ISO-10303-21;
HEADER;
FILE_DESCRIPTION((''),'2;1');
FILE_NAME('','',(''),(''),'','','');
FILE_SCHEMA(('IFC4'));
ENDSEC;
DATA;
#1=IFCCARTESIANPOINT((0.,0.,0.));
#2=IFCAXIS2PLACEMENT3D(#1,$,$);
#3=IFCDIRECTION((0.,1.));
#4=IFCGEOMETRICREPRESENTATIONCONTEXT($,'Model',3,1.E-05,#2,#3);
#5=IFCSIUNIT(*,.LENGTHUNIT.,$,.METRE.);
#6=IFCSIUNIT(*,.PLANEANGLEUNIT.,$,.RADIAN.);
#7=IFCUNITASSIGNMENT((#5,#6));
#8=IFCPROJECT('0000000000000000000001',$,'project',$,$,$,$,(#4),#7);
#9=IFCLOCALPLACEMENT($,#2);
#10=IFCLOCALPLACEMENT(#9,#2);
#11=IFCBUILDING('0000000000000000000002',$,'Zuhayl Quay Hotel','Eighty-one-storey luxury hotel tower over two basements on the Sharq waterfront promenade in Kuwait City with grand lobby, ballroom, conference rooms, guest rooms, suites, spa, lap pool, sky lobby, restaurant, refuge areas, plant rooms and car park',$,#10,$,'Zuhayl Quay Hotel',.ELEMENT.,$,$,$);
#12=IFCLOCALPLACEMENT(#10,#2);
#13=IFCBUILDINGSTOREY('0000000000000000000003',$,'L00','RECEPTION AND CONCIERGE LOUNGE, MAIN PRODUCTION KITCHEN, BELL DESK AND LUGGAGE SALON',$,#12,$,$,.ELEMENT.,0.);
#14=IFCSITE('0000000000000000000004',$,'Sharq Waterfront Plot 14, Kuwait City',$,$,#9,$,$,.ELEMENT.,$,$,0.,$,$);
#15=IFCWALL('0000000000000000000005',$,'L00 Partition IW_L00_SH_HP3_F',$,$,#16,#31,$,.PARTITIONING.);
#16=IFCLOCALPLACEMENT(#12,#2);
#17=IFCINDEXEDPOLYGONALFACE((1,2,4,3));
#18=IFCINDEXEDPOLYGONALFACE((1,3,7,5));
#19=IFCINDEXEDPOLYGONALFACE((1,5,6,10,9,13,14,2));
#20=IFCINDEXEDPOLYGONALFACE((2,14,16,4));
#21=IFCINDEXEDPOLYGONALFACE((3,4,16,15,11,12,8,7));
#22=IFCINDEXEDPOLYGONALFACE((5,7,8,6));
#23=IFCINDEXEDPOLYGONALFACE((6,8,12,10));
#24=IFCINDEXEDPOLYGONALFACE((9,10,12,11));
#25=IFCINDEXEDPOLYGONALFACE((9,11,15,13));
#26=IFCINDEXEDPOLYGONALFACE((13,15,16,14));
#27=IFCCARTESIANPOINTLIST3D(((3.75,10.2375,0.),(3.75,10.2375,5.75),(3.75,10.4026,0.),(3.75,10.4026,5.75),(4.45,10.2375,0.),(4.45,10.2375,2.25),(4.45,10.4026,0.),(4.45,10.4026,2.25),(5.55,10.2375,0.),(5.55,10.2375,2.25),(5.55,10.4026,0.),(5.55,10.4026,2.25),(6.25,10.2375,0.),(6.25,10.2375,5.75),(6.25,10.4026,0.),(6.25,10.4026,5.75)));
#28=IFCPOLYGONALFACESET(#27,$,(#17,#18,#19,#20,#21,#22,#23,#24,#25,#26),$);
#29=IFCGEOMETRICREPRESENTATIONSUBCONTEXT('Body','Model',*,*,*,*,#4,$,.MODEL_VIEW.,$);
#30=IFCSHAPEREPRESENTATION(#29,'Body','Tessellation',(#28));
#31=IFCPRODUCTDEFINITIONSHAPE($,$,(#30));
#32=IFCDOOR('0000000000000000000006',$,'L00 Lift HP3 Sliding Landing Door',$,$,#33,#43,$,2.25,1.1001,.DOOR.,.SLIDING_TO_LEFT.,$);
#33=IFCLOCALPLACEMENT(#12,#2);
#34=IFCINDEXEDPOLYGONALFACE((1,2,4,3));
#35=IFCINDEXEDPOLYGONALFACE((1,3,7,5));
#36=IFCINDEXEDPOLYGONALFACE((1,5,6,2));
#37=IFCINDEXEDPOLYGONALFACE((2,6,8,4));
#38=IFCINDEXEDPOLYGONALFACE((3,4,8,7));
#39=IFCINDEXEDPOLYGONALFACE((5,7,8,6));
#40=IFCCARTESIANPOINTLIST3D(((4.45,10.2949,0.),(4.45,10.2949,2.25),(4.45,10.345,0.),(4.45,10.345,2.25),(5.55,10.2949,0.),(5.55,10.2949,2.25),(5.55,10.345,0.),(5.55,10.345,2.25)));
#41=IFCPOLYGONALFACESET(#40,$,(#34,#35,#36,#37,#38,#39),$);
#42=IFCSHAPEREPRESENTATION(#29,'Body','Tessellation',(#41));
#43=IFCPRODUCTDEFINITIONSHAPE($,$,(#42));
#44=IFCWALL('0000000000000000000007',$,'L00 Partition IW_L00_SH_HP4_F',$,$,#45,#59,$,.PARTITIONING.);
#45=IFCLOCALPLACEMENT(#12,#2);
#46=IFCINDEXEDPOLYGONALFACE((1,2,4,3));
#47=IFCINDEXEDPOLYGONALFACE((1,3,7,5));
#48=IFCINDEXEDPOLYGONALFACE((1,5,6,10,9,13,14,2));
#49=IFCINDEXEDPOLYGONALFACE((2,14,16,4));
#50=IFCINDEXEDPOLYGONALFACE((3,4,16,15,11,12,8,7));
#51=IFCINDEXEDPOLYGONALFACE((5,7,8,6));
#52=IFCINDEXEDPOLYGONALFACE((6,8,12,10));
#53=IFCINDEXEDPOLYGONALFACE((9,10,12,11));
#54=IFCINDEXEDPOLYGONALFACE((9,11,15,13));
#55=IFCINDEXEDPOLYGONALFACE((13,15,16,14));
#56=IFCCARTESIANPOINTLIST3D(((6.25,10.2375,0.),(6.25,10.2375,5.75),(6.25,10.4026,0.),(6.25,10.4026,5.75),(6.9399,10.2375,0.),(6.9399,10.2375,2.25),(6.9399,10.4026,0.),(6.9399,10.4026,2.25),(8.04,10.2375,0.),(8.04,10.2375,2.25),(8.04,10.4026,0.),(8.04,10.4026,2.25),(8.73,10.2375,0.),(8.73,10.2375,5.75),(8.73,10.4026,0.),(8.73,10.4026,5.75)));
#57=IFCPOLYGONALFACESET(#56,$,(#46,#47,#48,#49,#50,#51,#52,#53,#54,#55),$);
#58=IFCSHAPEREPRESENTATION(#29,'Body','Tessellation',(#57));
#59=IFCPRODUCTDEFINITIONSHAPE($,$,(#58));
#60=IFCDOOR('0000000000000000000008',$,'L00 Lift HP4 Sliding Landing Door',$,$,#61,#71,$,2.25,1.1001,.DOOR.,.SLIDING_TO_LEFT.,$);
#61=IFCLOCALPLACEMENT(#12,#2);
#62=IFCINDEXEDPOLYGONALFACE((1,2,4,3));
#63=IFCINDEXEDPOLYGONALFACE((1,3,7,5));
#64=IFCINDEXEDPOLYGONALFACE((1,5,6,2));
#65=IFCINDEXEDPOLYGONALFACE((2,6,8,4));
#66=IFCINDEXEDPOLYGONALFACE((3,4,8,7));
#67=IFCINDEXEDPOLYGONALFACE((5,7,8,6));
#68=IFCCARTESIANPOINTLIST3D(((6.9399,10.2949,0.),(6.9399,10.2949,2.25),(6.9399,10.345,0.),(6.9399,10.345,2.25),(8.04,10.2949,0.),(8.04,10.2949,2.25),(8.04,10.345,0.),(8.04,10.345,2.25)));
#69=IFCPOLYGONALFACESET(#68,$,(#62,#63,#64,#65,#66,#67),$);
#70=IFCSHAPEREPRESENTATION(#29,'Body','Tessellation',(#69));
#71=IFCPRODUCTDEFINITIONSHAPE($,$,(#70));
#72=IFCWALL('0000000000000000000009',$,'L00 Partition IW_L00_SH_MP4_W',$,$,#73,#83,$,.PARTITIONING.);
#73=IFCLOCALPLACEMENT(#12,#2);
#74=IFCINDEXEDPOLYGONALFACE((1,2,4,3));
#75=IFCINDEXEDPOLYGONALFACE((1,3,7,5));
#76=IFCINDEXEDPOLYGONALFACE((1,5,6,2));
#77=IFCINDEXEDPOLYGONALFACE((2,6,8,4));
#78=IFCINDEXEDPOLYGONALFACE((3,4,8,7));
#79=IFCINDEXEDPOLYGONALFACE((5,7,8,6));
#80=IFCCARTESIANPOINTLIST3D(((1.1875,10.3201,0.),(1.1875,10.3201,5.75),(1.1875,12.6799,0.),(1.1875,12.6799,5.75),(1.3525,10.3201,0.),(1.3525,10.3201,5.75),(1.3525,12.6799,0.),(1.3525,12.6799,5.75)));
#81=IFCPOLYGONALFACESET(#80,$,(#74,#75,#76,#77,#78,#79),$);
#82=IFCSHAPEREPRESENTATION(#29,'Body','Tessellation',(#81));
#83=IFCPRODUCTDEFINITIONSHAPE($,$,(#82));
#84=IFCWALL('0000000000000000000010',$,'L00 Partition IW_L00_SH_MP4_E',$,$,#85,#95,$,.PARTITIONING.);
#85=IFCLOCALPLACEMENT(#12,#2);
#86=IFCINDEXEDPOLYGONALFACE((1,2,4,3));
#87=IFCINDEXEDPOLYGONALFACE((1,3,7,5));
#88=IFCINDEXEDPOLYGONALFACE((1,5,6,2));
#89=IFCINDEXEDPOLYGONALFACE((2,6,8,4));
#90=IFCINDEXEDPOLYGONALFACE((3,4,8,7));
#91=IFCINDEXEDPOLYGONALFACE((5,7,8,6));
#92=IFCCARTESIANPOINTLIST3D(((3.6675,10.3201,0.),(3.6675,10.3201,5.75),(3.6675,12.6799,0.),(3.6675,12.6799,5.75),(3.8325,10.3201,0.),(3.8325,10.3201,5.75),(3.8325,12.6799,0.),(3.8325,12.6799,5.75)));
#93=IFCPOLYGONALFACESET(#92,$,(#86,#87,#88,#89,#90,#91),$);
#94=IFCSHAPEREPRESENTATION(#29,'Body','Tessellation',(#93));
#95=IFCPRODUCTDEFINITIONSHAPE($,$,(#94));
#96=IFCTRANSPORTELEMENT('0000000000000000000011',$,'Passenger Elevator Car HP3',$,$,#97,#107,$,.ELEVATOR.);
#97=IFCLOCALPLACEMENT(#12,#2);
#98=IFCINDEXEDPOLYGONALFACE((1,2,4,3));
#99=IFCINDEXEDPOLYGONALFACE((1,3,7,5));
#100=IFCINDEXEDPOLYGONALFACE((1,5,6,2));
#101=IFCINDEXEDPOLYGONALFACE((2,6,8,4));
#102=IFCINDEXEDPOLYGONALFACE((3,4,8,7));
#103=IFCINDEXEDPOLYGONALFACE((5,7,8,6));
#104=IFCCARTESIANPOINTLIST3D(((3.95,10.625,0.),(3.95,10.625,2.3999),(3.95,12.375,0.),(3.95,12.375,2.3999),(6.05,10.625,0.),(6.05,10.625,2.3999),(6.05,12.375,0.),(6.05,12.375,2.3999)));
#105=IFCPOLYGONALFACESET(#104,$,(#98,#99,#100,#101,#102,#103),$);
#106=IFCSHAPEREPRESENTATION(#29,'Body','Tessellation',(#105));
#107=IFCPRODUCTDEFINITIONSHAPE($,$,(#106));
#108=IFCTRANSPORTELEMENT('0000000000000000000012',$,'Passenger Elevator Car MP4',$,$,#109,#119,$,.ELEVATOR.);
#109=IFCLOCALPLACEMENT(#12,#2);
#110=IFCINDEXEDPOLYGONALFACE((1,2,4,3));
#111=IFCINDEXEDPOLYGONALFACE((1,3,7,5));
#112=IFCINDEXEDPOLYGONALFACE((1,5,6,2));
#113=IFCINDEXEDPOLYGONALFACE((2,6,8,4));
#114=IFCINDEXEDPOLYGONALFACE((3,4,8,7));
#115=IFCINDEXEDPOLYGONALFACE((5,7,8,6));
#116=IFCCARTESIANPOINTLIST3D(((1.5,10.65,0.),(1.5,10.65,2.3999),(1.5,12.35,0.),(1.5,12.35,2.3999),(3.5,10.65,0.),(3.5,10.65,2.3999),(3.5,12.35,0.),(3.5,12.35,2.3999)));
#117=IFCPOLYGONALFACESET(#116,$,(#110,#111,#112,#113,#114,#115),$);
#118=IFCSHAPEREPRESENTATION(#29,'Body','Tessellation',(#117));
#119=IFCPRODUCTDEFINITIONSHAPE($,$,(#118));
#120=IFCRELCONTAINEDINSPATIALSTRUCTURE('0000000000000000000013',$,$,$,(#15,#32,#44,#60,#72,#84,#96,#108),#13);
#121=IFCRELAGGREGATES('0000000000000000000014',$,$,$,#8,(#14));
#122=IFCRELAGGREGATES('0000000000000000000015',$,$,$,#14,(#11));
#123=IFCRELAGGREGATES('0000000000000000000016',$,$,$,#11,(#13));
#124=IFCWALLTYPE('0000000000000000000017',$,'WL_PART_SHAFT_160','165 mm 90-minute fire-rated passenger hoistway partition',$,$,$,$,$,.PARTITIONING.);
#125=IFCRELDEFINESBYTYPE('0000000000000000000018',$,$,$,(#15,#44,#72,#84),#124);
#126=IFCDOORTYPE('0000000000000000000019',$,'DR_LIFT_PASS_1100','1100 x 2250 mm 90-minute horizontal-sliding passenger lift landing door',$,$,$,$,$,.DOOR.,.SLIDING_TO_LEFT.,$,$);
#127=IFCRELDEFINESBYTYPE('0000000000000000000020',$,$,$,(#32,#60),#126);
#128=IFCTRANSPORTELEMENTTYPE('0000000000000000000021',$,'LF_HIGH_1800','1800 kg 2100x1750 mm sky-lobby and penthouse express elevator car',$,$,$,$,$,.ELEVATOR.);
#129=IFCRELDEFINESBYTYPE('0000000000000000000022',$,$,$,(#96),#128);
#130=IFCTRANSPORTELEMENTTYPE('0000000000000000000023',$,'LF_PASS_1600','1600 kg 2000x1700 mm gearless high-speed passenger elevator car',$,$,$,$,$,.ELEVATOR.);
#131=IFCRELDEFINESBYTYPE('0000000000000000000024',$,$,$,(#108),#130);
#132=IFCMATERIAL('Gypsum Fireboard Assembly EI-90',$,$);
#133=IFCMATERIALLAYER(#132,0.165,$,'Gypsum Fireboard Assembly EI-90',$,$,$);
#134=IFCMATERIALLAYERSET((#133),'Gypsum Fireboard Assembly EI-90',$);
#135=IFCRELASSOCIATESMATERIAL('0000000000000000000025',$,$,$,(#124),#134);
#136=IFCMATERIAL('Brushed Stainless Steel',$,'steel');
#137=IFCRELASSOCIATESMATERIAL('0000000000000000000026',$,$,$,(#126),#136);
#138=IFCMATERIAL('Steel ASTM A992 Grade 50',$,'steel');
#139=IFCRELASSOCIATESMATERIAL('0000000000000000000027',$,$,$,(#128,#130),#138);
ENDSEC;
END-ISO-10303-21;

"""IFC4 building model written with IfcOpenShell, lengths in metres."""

from ifc_helpers import new_model, si_unit, direction, frame, frame_2d, origin, origin_2d, place, context, subcontext, project, spatial, rectangle, extrude, material, layer, layer_set, type_object, element, fill, save


model = new_model("IFC4")

# Units and contexts
model_context = context("Model", 3, precision=1e-05, world=origin(), true_north=direction((0.0, 1.0)))
body_context = subcontext(model_context, "Body", "Model", "MODEL_VIEW")
ifc_project = project(units=[si_unit("LENGTHUNIT", "METRE"), si_unit("PLANEANGLEUNIT", "RADIAN")], contexts=[model_context])

# Site, building, storey
site_placement = place(None, origin())
site = spatial("IfcSite", under=ifc_project, at=site_placement, Name="Sharq Waterfront Plot 14, Kuwait City", CompositionType="ELEMENT", RefElevation=0.0)
building_placement = place(site_placement, origin())
building = spatial("IfcBuilding", under=site, at=building_placement, Name="Zuhayl Quay Hotel", Description="Eighty-one-storey luxury hotel tower over two basements on the Sharq waterfront promenade in Kuwait City with grand lobby, ballroom, conference rooms, guest rooms, suites, spa, lap pool, sky lobby, restaurant, refuge areas, plant rooms and car park", LongName="Zuhayl Quay Hotel", CompositionType="ELEMENT")
storey_placement = place(building_placement, origin())
storey = spatial("IfcBuildingStorey", under=building, at=storey_placement, Name="L00", Description="RECEPTION AND CONCIERGE LOUNGE, MAIN PRODUCTION KITCHEN, BELL DESK AND LUGGAGE SALON", CompositionType="ELEMENT", Elevation=0.0)

# Shared definitions
ifc_material_1 = material(Name="Steel ASTM A992 Grade 50", Category="steel")

# Walls, openings, doors
ifc_material_2 = material(Name="Gypsum Fireboard Assembly EI-90")
ifc_layer_1 = layer(ifc_material_2, 0.165, Name="Gypsum Fireboard Assembly EI-90")
ifc_layer_set_1 = layer_set([ifc_layer_1], Name="Gypsum Fireboard Assembly EI-90")
wall_type_1 = type_object("IfcWallType", Name="WL_PART_SHAFT_160", Description="165 mm 90-minute fire-rated passenger hoistway partition", PredefinedType="PARTITIONING", material=ifc_layer_set_1)
ifc_material_3 = material(Name="Brushed Stainless Steel", Category="steel")
door_type_1 = type_object("IfcDoorType", Name="DR_LIFT_PASS_1100", Description="1100 x 2250 mm 90-minute horizontal-sliding passenger lift landing door", OperationType="SLIDING_TO_LEFT", PredefinedType="DOOR", material=ifc_material_3)
wall_1_placement = place(storey_placement, frame((3.75, 10.3201, 0.0), z_axis=(0.0, 0.0, 1.0), x_axis=(1.0, 0.0, 0.0)))
wall_1 = element("IfcWall", 1, at=wall_1_placement, inside=storey, type_object=wall_type_1, Name="L00 Partition IW_L00_SH_HP3_F", PredefinedType="PARTITIONING", context=body_context, shape_type="SweptSolid", body=[
    extrude(rectangle(XDim=2.5, YDim=0.165, at=frame_2d((1.25, 0.0))), origin(), (0.0, 0.0, 1.0), 5.75),
])
opening_1_placement = place(wall_1_placement, frame((0.7, 0.0, 0.0)))
opening_1 = element("IfcOpeningElement", 2, at=opening_1_placement, cuts=wall_1, PredefinedType="OPENING", context=body_context, shape_type="SweptSolid", body=[
    extrude(rectangle(XDim=1.1001, YDim=2.25, at=frame_2d((0.55, 1.125))), frame((0.0, 0.0925, 0.0), z_axis=(0.0, -1.0, 0.0), x_axis=(1.0, 0.0, 0.0)), (0.0, 0.0, 1.0), 0.1851),
])
door_1_placement = place(opening_1_placement, origin())
door_1 = element("IfcDoor", 3, at=door_1_placement, inside=storey, type_object=door_type_1, Name="L00 Lift HP3 Sliding Landing Door", OperationType="SLIDING_TO_LEFT", OverallHeight=2.25, OverallWidth=1.1001, PredefinedType="DOOR", context=body_context, shape_type="SweptSolid", body=[
    extrude(rectangle(XDim=1.1001, YDim=2.25, at=frame_2d((0.55, 1.125))), frame((0.0, 0.0249, 0.0), z_axis=(0.0, -1.0, 0.0), x_axis=(1.0, 0.0, 0.0)), (0.0, 0.0, 1.0), 0.05),
])
fill(opening_1, door_1)
wall_2_placement = place(storey_placement, frame((6.25, 10.3201, 0.0), z_axis=(0.0, 0.0, 1.0), x_axis=(1.0, 0.0, 0.0)))
wall_2 = element("IfcWall", 4, at=wall_2_placement, inside=storey, type_object=wall_type_1, Name="L00 Partition IW_L00_SH_HP4_F", PredefinedType="PARTITIONING", context=body_context, shape_type="SweptSolid", body=[
    extrude(rectangle(XDim=2.48, YDim=0.165, at=frame_2d((1.24, 0.0))), origin(), (0.0, 0.0, 1.0), 5.75),
])
opening_2_placement = place(wall_2_placement, frame((0.6899, 0.0, 0.0)))
opening_2 = element("IfcOpeningElement", 5, at=opening_2_placement, cuts=wall_2, PredefinedType="OPENING", context=body_context, shape_type="SweptSolid", body=[
    extrude(rectangle(XDim=1.1001, YDim=2.25, at=frame_2d((0.55, 1.125))), frame((0.0, 0.0925, 0.0), z_axis=(0.0, -1.0, 0.0), x_axis=(1.0, 0.0, 0.0)), (0.0, 0.0, 1.0), 0.1851),
])
door_2_placement = place(opening_2_placement, origin())
door_2 = element("IfcDoor", 6, at=door_2_placement, inside=storey, type_object=door_type_1, Name="L00 Lift HP4 Sliding Landing Door", OperationType="SLIDING_TO_LEFT", OverallHeight=2.25, OverallWidth=1.1001, PredefinedType="DOOR", context=body_context, shape_type="SweptSolid", body=[
    extrude(rectangle(XDim=1.1001, YDim=2.25, at=frame_2d((0.55, 1.125))), frame((0.0, 0.0249, 0.0), z_axis=(0.0, -1.0, 0.0), x_axis=(1.0, 0.0, 0.0)), (0.0, 0.0, 1.0), 0.05),
])
fill(opening_2, door_2)

# Walls
for number, where, z_axis, x_axis, name in (
    (7, (1.27, 10.3201, 0.0), (0.0, 0.0, 1.0), (0.0, 1.0, 0.0), "L00 Partition IW_L00_SH_MP4_W"),
    (8, (3.75, 10.3201, 0.0), (0.0, 0.0, 1.0), (0.0, 1.0, 0.0), "L00 Partition IW_L00_SH_MP4_E"),
):
    element("IfcWall", number, at=place(storey_placement, frame(where, z_axis=z_axis, x_axis=x_axis)), inside=storey, type_object=wall_type_1, Name=name, PredefinedType="PARTITIONING", context=body_context, shape_type="SweptSolid", body=[
        extrude(rectangle(XDim=2.3599, YDim=0.165, at=frame_2d((1.1799, 0.0))), origin(), (0.0, 0.0, 1.0), 5.75),
    ])

# Transport elements
transport_element_type_1 = type_object("IfcTransportElementType", Name="LF_HIGH_1800", Description="1800 kg 2100x1750 mm sky-lobby and penthouse express elevator car", PredefinedType="ELEVATOR", material=ifc_material_1)
transport_element_1_placement = place(storey_placement, frame((5.0, 11.5, 0.0), z_axis=(0.0, 0.0, 1.0), x_axis=(1.0, 0.0, 0.0)))
element("IfcTransportElement", 9, at=transport_element_1_placement, inside=storey, type_object=transport_element_type_1, Name="Passenger Elevator Car HP3", PredefinedType="ELEVATOR", context=body_context, shape_type="SweptSolid", body=[
    extrude(rectangle(XDim=2.1001, YDim=1.75, at=origin_2d()), origin(), (0.0, 0.0, 1.0), 2.3999),
])
transport_element_type_2 = type_object("IfcTransportElementType", Name="LF_PASS_1600", Description="1600 kg 2000x1700 mm gearless high-speed passenger elevator car", PredefinedType="ELEVATOR", material=ifc_material_1)
transport_element_2_placement = place(storey_placement, frame((2.5, 11.5, 0.0), z_axis=(0.0, 0.0, 1.0), x_axis=(1.0, 0.0, 0.0)))
element("IfcTransportElement", 10, at=transport_element_2_placement, inside=storey, type_object=transport_element_type_2, Name="Passenger Elevator Car MP4", PredefinedType="ELEVATOR", context=body_context, shape_type="SweptSolid", body=[
    extrude(rectangle(XDim=2.0, YDim=1.7, at=origin_2d()), origin(), (0.0, 0.0, 1.0), 2.3999),
])

save(model, "model.ifc")
